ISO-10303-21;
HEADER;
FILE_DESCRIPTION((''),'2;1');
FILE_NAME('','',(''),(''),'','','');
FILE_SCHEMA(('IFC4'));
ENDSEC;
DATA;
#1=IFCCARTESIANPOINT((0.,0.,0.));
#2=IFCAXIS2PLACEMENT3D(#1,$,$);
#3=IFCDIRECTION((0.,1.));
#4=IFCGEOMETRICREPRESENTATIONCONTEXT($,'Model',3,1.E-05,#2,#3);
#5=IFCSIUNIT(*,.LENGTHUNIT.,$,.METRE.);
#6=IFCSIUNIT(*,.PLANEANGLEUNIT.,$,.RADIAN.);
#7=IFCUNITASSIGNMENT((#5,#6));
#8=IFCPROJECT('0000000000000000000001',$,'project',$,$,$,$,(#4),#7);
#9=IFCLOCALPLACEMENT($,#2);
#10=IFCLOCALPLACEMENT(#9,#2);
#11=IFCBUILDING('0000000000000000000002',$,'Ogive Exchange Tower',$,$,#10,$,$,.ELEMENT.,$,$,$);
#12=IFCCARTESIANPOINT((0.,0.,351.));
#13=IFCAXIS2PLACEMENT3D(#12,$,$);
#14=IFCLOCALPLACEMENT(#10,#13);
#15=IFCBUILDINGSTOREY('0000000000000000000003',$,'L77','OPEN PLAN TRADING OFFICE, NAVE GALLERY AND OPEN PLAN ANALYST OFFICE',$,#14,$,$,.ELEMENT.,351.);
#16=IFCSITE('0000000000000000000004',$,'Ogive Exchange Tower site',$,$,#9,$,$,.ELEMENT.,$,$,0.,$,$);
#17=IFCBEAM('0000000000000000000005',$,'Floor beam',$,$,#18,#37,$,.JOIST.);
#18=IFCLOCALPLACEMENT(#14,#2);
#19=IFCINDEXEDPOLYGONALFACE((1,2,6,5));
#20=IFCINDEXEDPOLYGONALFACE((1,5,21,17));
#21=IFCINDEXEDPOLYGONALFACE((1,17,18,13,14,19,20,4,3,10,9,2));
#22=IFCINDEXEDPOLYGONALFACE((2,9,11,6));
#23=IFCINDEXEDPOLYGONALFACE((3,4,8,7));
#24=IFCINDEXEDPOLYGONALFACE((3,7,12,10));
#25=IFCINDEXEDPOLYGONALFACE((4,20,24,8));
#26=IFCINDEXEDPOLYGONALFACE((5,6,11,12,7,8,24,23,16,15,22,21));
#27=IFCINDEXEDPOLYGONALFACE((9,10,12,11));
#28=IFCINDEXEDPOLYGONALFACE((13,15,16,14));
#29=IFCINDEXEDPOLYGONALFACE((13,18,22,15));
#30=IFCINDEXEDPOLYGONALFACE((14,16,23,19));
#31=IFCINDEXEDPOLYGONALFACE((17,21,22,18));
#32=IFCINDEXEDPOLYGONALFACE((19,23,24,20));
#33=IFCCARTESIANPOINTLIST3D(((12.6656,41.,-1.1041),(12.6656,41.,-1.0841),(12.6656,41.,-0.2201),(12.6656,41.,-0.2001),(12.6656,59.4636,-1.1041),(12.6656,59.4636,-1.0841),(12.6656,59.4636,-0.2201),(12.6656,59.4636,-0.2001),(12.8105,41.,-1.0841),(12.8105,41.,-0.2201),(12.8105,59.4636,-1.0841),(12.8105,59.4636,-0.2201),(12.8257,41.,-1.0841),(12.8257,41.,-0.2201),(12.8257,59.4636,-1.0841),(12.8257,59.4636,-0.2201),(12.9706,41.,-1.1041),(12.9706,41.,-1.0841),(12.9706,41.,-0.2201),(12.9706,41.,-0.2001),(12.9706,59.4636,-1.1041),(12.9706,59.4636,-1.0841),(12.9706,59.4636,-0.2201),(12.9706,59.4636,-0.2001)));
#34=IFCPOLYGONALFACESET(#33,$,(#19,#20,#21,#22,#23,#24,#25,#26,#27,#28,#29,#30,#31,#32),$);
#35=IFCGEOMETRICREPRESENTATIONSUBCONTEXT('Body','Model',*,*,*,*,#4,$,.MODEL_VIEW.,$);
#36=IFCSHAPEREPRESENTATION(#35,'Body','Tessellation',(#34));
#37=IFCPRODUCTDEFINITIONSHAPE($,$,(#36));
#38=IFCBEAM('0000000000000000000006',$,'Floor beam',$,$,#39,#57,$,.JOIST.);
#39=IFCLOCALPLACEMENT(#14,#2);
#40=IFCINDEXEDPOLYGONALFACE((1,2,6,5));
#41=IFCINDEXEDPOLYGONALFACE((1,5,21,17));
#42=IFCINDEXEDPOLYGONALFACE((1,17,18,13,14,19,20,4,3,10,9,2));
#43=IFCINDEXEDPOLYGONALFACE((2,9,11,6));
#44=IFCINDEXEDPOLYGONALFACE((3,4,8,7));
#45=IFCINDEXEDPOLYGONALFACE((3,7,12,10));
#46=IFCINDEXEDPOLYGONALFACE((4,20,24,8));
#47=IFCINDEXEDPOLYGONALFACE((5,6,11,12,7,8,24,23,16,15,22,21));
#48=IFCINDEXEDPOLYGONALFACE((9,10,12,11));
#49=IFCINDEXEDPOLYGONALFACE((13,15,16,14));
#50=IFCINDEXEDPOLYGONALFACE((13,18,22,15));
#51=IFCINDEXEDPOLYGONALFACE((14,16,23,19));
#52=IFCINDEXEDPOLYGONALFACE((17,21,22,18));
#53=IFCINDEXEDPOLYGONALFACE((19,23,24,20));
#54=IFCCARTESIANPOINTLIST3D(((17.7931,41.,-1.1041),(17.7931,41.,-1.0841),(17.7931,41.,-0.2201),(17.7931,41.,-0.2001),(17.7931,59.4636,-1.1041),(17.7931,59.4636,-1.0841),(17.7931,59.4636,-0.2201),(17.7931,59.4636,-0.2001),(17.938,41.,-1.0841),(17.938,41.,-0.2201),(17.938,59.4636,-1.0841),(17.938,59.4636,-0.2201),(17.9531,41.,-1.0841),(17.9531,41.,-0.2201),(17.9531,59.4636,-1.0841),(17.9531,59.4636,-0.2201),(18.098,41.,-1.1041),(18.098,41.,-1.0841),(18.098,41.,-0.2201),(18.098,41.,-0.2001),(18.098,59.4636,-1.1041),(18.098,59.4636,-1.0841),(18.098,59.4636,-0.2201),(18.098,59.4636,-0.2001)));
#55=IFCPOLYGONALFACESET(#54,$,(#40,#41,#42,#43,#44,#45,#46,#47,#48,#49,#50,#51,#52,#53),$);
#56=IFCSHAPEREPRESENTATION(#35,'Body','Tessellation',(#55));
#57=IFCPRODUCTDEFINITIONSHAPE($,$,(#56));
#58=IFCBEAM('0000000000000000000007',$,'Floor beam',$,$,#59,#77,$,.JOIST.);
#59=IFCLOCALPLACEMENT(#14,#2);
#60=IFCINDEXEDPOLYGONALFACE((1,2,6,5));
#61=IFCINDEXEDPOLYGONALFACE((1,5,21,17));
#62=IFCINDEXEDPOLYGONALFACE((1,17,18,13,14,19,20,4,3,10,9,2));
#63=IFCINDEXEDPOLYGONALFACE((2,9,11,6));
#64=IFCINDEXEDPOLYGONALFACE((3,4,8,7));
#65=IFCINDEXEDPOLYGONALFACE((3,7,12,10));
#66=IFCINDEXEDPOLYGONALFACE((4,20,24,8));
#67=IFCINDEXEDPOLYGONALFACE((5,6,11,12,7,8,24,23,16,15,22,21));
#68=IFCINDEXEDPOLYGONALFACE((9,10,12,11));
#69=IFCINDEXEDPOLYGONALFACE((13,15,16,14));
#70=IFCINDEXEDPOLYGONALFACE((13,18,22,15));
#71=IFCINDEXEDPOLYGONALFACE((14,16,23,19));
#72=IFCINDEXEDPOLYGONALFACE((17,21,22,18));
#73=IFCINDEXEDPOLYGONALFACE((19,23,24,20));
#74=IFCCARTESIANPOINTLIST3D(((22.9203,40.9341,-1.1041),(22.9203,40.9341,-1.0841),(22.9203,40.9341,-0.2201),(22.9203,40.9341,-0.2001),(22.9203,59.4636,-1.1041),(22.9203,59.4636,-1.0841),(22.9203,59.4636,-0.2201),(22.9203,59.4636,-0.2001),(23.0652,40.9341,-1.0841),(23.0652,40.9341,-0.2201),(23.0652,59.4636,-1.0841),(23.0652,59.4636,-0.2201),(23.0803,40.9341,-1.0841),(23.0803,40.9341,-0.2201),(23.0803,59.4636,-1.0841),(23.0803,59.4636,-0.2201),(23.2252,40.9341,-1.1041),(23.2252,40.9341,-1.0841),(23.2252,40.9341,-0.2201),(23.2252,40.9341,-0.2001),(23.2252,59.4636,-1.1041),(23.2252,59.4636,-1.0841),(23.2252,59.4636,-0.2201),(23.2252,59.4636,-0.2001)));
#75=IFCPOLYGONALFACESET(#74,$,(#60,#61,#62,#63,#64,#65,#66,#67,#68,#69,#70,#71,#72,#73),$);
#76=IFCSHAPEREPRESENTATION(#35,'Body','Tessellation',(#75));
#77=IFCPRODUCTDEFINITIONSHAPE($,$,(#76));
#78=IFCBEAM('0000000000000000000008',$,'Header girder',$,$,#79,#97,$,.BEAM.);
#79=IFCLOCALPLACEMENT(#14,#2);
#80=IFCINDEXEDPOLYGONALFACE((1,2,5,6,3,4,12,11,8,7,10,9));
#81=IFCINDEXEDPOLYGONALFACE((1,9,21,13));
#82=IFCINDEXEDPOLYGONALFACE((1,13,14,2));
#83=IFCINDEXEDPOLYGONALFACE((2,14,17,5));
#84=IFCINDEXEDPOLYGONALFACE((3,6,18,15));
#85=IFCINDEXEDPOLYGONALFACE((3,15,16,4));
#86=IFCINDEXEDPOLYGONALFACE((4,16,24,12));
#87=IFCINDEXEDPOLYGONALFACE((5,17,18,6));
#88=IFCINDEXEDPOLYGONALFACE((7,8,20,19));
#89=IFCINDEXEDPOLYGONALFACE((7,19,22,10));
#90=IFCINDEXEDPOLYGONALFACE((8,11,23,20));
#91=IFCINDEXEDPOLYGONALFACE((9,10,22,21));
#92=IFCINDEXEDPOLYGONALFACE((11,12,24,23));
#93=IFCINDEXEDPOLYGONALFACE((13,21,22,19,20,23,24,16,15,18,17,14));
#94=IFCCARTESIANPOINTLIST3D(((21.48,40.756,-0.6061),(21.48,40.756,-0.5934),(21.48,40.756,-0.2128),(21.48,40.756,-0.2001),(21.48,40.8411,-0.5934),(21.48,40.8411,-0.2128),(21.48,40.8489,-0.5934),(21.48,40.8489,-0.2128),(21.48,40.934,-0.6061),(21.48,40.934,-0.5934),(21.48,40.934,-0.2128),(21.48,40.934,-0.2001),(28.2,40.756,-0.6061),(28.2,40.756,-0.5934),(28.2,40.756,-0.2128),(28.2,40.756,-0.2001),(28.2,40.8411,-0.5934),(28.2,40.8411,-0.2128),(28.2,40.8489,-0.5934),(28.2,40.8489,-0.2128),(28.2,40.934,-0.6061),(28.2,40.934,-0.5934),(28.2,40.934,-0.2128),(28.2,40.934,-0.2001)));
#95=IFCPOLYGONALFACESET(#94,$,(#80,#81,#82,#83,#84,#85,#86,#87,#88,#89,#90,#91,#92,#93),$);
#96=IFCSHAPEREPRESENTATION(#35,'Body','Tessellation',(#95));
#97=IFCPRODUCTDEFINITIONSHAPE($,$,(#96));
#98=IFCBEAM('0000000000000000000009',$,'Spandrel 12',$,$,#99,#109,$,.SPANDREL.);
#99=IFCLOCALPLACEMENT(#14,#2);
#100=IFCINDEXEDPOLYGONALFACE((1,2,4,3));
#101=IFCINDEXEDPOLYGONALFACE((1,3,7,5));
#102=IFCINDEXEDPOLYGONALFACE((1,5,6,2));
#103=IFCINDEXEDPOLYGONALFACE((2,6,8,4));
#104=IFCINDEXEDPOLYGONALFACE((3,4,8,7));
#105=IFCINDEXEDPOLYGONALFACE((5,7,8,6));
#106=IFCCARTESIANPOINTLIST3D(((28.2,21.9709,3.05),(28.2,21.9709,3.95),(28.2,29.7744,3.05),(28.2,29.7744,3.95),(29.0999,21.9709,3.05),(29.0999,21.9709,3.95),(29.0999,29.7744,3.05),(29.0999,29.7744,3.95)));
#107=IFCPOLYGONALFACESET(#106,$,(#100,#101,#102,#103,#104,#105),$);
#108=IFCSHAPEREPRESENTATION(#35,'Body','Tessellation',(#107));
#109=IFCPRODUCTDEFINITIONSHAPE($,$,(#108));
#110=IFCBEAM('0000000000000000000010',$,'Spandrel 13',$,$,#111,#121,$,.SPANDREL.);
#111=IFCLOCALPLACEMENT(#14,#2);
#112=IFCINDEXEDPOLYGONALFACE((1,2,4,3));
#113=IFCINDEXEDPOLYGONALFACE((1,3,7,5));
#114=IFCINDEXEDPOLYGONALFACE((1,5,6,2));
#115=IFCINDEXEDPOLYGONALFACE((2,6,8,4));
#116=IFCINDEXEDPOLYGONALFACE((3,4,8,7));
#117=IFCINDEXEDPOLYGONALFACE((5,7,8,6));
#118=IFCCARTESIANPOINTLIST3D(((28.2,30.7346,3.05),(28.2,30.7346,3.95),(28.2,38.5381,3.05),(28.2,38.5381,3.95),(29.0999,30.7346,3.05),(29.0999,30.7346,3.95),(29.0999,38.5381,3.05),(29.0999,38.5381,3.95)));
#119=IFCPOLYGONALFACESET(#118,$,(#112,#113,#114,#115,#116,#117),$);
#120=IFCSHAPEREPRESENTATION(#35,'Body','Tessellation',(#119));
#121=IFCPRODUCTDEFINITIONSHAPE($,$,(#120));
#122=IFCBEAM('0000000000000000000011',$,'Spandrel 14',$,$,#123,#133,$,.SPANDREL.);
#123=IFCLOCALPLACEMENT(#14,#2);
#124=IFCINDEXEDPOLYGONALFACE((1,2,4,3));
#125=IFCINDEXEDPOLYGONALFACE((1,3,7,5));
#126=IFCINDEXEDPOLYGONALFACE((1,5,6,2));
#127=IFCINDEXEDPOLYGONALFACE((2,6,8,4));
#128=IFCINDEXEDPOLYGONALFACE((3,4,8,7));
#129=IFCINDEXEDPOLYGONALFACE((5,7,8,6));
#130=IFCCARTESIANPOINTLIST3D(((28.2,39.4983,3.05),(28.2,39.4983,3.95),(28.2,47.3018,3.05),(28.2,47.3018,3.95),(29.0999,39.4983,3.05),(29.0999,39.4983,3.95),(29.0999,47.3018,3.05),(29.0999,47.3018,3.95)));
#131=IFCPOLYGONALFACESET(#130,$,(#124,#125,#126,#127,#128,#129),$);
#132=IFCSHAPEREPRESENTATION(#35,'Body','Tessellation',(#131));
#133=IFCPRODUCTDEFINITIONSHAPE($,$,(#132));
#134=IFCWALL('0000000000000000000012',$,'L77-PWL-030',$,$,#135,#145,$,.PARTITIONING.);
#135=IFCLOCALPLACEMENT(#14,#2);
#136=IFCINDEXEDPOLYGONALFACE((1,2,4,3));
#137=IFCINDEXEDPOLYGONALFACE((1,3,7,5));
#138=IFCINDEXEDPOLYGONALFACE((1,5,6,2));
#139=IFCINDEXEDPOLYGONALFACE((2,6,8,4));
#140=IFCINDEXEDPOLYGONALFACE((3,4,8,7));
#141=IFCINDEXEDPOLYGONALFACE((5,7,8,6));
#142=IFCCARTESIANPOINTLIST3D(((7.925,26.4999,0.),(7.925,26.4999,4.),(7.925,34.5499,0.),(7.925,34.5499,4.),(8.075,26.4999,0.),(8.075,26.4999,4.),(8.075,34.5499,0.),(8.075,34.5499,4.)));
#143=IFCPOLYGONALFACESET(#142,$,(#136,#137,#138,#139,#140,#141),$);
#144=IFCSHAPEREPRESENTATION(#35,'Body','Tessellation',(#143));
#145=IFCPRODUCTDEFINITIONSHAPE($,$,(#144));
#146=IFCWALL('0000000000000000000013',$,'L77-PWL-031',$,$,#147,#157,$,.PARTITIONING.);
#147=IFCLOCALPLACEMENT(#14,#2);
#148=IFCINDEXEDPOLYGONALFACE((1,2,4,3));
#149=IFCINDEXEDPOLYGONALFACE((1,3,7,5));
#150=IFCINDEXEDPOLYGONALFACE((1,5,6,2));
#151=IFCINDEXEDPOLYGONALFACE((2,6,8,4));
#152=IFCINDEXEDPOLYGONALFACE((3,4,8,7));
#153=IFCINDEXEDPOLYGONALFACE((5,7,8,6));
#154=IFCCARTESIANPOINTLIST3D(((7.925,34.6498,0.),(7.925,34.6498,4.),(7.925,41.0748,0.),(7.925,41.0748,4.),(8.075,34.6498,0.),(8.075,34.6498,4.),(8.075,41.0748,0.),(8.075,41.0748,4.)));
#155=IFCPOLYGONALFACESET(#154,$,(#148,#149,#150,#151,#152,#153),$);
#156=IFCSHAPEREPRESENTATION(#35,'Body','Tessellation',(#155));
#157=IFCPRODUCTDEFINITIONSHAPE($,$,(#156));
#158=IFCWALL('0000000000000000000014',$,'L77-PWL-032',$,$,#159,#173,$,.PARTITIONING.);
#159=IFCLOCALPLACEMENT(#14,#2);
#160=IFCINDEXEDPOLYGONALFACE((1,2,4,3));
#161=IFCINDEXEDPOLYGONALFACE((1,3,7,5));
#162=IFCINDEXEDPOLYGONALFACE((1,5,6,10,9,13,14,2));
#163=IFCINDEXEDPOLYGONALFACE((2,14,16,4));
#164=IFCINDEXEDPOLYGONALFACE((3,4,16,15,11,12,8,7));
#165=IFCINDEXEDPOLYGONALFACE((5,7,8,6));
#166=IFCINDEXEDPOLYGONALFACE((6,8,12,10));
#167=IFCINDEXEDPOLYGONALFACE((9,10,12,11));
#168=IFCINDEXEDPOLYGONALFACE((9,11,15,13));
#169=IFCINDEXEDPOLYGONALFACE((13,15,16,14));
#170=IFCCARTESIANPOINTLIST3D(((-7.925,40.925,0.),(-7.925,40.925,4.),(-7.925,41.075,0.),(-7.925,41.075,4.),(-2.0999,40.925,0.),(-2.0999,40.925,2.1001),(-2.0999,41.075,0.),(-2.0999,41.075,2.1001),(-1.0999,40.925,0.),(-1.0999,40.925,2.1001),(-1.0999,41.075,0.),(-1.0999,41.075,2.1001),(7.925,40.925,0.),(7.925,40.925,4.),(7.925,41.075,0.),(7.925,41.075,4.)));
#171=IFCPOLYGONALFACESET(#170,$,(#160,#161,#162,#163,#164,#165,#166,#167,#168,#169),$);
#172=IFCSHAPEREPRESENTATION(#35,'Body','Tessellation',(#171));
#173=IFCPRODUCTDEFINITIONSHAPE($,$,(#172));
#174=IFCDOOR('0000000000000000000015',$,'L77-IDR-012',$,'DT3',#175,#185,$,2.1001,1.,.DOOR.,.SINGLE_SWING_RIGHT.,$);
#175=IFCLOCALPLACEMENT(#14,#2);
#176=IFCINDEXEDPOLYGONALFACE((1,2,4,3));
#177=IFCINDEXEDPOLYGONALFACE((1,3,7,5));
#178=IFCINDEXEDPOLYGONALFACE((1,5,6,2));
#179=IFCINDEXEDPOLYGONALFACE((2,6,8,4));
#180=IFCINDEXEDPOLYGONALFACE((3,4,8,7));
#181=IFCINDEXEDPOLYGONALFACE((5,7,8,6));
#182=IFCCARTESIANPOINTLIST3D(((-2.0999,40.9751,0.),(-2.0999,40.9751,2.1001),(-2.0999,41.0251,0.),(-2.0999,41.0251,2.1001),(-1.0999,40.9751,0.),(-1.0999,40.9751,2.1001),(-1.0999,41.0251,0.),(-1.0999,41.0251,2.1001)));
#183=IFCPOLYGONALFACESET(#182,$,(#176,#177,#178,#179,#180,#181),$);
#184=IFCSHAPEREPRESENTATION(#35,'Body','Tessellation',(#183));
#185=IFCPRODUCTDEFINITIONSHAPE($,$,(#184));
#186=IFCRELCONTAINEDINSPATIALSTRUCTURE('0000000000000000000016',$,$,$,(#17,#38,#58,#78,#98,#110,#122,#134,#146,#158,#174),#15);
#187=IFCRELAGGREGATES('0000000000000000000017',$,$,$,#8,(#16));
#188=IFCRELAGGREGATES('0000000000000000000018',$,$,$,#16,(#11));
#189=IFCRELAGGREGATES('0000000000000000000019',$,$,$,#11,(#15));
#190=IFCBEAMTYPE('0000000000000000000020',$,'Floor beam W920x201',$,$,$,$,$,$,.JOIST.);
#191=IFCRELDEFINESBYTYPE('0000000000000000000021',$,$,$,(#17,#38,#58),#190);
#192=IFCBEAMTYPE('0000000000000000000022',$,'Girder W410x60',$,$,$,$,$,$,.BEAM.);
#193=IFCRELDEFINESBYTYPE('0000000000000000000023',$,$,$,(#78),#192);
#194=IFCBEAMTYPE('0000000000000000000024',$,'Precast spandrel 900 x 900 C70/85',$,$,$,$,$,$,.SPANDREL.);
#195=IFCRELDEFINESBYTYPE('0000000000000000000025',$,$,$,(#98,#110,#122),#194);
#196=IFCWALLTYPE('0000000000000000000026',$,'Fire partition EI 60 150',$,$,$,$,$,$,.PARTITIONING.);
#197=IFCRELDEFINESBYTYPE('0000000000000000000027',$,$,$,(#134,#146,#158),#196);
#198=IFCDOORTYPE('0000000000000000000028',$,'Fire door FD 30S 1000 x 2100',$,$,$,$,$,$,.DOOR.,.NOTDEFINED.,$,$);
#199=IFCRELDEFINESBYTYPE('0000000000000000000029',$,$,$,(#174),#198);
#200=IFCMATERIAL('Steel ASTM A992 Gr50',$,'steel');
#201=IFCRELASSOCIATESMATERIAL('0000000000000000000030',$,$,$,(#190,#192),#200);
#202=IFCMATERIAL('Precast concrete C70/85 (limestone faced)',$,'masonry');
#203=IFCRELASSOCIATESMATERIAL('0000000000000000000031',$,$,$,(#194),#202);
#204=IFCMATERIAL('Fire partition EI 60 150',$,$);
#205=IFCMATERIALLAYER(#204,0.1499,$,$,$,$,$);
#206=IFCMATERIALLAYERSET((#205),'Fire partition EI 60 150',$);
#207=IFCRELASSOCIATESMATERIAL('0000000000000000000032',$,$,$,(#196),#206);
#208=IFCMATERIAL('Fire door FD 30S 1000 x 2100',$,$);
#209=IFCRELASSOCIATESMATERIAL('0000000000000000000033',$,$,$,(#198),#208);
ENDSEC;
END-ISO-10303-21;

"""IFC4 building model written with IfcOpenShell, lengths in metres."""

from ifc_helpers import new_model, si_unit, direction, frame, frame_2d, origin, origin_2d, place, context, subcontext, project, spatial, rectangle, i_section, extrude, material, layer, layer_set, material_profile, profile_set, type_object, element, fill, save


model = new_model("IFC4")

# Units and contexts
model_context = context("Model", 3, precision=1e-05, world=origin(), true_north=direction((0.0, 1.0)))
body_context = subcontext(model_context, "Body", "Model", "MODEL_VIEW")
ifc_project = project(units=[si_unit("LENGTHUNIT", "METRE"), si_unit("PLANEANGLEUNIT", "RADIAN")], contexts=[model_context])

# Site, building, storey
site_placement = place(None, origin())
site = spatial("IfcSite", under=ifc_project, at=site_placement, Name="Ogive Exchange Tower site", CompositionType="ELEMENT", RefElevation=0.0)
building_placement = place(site_placement, origin())
building = spatial("IfcBuilding", under=site, at=building_placement, Name="Ogive Exchange Tower", CompositionType="ELEMENT")
storey_placement = place(building_placement, frame((0.0, 0.0, 351.0)))
storey = spatial("IfcBuildingStorey", under=building, at=storey_placement, Name="L77", Description="OPEN PLAN TRADING OFFICE, NAVE GALLERY AND OPEN PLAN ANALYST OFFICE", CompositionType="ELEMENT", Elevation=351.0)

# Shared definitions
ifc_material_1 = material(Name="Precast concrete C70/85 (limestone faced)", Category="masonry")

# Beams
ifc_material_2 = material(Name="Steel ASTM A992 Gr50", Category="steel")
ifc_material_profile_1 = material_profile(ifc_material_2, i_section(OverallWidth=0.3049, OverallDepth=0.9041, WebThickness=0.0151, FlangeThickness=0.02, at=origin_2d()), Name="W920x201")
ifc_profile_set_1 = profile_set([ifc_material_profile_1], Name="Steel ASTM A992 Gr50")
beam_type_1 = type_object("IfcBeamType", Name="Floor beam W920x201", PredefinedType="JOIST", material=ifc_profile_set_1)
for number, where, z_axis, x_axis, name in (
    (1, (12.8181, 41.0, -0.6521), (0.0, 1.0, 0.0), (-1.0, 0.0, 0.0), "Floor beam"),
    (2, (17.9456, 41.0, -0.6521), (0.0, 1.0, 0.0), (-1.0, 0.0, 0.0), "Floor beam"),
):
    element("IfcBeam", number, at=place(storey_placement, frame(where, z_axis=z_axis, x_axis=x_axis)), inside=storey, type_object=beam_type_1, Name=name, PredefinedType="JOIST", context=body_context, shape_type="SweptSolid", body=[
        extrude(i_section(OverallWidth=0.3049, OverallDepth=0.9041, WebThickness=0.0151, FlangeThickness=0.02, at=origin_2d()), origin(), (0.0, 0.0, 1.0), 18.4636),
    ])
beam_1_placement = place(storey_placement, frame((23.0728, 40.9341, -0.6521), z_axis=(0.0, 1.0, 0.0), x_axis=(-1.0, 0.0, 0.0)))
element("IfcBeam", 3, at=beam_1_placement, inside=storey, type_object=beam_type_1, Name="Floor beam", PredefinedType="JOIST", context=body_context, shape_type="SweptSolid", body=[
    extrude(i_section(OverallWidth=0.3049, OverallDepth=0.9041, WebThickness=0.0151, FlangeThickness=0.02, at=origin_2d()), origin(), (0.0, 0.0, 1.0), 18.5295),
])
ifc_material_profile_2 = material_profile(ifc_material_2, i_section(OverallWidth=0.178, OverallDepth=0.406, WebThickness=0.0078, FlangeThickness=0.0127, at=origin_2d()), Name="W410x60")
ifc_profile_set_2 = profile_set([ifc_material_profile_2], Name="Steel ASTM A992 Gr50")
beam_type_2 = type_object("IfcBeamType", Name="Girder W410x60", PredefinedType="BEAM", material=ifc_profile_set_2)
beam_2_placement = place(storey_placement, frame((21.48, 40.845, -0.4031), z_axis=(1.0, 0.0, 0.0), x_axis=(0.0, 1.0, 0.0)))
element("IfcBeam", 4, at=beam_2_placement, inside=storey, type_object=beam_type_2, Name="Header girder", PredefinedType="BEAM", context=body_context, shape_type="SweptSolid", body=[
    extrude(i_section(OverallWidth=0.178, OverallDepth=0.406, WebThickness=0.0078, FlangeThickness=0.0127, at=origin_2d()), origin(), (0.0, 0.0, 1.0), 6.72),
])
ifc_material_profile_3 = material_profile(ifc_material_1, rectangle(XDim=0.8999, YDim=0.8999, at=origin_2d()), Name="900 x 900")
ifc_profile_set_3 = profile_set([ifc_material_profile_3], Name="Precast concrete C70/85 (limestone faced)")
beam_type_3 = type_object("IfcBeamType", Name="Precast spandrel 900 x 900 C70/85", PredefinedType="SPANDREL", material=ifc_profile_set_3)
for number, where, z_axis, x_axis, name in (
    (5, (28.6499, 21.9709, 3.5), (0.0, 1.0, 0.0), (-1.0, 0.0, 0.0), "Spandrel 12"),
    (6, (28.6499, 30.7346, 3.5), (0.0, 1.0, 0.0), (-1.0, 0.0, 0.0), "Spandrel 13"),
    (7, (28.6499, 39.4983, 3.5), (0.0, 1.0, 0.0), (-1.0, 0.0, 0.0), "Spandrel 14"),
):
    element("IfcBeam", number, at=place(storey_placement, frame(where, z_axis=z_axis, x_axis=x_axis)), inside=storey, type_object=beam_type_3, Name=name, PredefinedType="SPANDREL", context=body_context, shape_type="SweptSolid", body=[
        extrude(rectangle(XDim=0.8999, YDim=0.8999, at=origin_2d()), origin(), (0.0, 0.0, 1.0), 7.8035),
    ])

# Walls
ifc_material_3 = material(Name="Fire partition EI 60 150")
ifc_layer_1 = layer(ifc_material_3, 0.1499)
ifc_layer_set_1 = layer_set([ifc_layer_1], Name="Fire partition EI 60 150")
wall_type_1 = type_object("IfcWallType", Name="Fire partition EI 60 150", PredefinedType="PARTITIONING", material=ifc_layer_set_1)
wall_1_placement = place(storey_placement, frame((8.0, 26.5, 0.0), z_axis=(0.0, 0.0, 1.0), x_axis=(0.0, 1.0, 0.0)))
element("IfcWall", 8, at=wall_1_placement, inside=storey, type_object=wall_type_1, Name="L77-PWL-030", PredefinedType="PARTITIONING", context=body_context, shape_type="SweptSolid", body=[
    extrude(rectangle(XDim=8.05, YDim=0.1499, at=frame_2d((4.0249, 0.0))), origin(), (0.0, 0.0, 1.0), 4.0),
])
wall_2_placement = place(storey_placement, frame((8.0, 34.6499, 0.0), z_axis=(0.0, 0.0, 1.0), x_axis=(0.0, 1.0, 0.0)))
element("IfcWall", 9, at=wall_2_placement, inside=storey, type_object=wall_type_1, Name="L77-PWL-031", PredefinedType="PARTITIONING", context=body_context, shape_type="SweptSolid", body=[
    extrude(rectangle(XDim=6.425, YDim=0.1499, at=frame_2d((3.2124, 0.0))), origin(), (0.0, 0.0, 1.0), 4.0),
])

# Wall, opening, door
wall_3_placement = place(storey_placement, frame((7.925, 41.0, 0.0), z_axis=(0.0, 0.0, 1.0), x_axis=(-1.0, 0.0, 0.0)))
wall_3 = element("IfcWall", 10, at=wall_3_placement, inside=storey, type_object=wall_type_1, Name="L77-PWL-032", PredefinedType="PARTITIONING", context=body_context, shape_type="SweptSolid", body=[
    extrude(rectangle(XDim=15.8501, YDim=0.1499, at=frame_2d((7.925, 0.0))), origin(), (0.0, 0.0, 1.0), 4.0),
])
opening_1_placement = place(wall_3_placement, frame((9.0249, 0.0, 0.0)))
opening_1 = element("IfcOpeningElement", 11, at=opening_1_placement, cuts=wall_3, PredefinedType="OPENING", context=body_context, shape_type="SweptSolid", body=[
    extrude(rectangle(XDim=1.0, YDim=2.1001, at=frame_2d((0.5, 1.05))), frame((0.0, 0.085, 0.0), z_axis=(0.0, -1.0, 0.0), x_axis=(1.0, 0.0, 0.0)), (0.0, 0.0, 1.0), 0.1699),
])
ifc_material_4 = material(Name="Fire door FD 30S 1000 x 2100")
door_type_1 = type_object("IfcDoorType", Name="Fire door FD 30S 1000 x 2100", OperationType="NOTDEFINED", PredefinedType="DOOR", material=ifc_material_4)
door_1_placement = place(opening_1_placement, origin())
door_1 = element("IfcDoor", 12, at=door_1_placement, inside=storey, type_object=door_type_1, Name="L77-IDR-012", ObjectType="DT3", OperationType="SINGLE_SWING_RIGHT", OverallHeight=2.1001, OverallWidth=1.0, PredefinedType="DOOR", context=body_context, shape_type="SweptSolid", body=[
    extrude(rectangle(XDim=1.0, YDim=2.1001, at=frame_2d((0.5, 1.05))), frame((0.0, 0.0249, 0.0), z_axis=(0.0, -1.0, 0.0), x_axis=(1.0, 0.0, 0.0)), (0.0, 0.0, 1.0), 0.05),
])
fill(opening_1, door_1)

save(model, "model.ifc")
